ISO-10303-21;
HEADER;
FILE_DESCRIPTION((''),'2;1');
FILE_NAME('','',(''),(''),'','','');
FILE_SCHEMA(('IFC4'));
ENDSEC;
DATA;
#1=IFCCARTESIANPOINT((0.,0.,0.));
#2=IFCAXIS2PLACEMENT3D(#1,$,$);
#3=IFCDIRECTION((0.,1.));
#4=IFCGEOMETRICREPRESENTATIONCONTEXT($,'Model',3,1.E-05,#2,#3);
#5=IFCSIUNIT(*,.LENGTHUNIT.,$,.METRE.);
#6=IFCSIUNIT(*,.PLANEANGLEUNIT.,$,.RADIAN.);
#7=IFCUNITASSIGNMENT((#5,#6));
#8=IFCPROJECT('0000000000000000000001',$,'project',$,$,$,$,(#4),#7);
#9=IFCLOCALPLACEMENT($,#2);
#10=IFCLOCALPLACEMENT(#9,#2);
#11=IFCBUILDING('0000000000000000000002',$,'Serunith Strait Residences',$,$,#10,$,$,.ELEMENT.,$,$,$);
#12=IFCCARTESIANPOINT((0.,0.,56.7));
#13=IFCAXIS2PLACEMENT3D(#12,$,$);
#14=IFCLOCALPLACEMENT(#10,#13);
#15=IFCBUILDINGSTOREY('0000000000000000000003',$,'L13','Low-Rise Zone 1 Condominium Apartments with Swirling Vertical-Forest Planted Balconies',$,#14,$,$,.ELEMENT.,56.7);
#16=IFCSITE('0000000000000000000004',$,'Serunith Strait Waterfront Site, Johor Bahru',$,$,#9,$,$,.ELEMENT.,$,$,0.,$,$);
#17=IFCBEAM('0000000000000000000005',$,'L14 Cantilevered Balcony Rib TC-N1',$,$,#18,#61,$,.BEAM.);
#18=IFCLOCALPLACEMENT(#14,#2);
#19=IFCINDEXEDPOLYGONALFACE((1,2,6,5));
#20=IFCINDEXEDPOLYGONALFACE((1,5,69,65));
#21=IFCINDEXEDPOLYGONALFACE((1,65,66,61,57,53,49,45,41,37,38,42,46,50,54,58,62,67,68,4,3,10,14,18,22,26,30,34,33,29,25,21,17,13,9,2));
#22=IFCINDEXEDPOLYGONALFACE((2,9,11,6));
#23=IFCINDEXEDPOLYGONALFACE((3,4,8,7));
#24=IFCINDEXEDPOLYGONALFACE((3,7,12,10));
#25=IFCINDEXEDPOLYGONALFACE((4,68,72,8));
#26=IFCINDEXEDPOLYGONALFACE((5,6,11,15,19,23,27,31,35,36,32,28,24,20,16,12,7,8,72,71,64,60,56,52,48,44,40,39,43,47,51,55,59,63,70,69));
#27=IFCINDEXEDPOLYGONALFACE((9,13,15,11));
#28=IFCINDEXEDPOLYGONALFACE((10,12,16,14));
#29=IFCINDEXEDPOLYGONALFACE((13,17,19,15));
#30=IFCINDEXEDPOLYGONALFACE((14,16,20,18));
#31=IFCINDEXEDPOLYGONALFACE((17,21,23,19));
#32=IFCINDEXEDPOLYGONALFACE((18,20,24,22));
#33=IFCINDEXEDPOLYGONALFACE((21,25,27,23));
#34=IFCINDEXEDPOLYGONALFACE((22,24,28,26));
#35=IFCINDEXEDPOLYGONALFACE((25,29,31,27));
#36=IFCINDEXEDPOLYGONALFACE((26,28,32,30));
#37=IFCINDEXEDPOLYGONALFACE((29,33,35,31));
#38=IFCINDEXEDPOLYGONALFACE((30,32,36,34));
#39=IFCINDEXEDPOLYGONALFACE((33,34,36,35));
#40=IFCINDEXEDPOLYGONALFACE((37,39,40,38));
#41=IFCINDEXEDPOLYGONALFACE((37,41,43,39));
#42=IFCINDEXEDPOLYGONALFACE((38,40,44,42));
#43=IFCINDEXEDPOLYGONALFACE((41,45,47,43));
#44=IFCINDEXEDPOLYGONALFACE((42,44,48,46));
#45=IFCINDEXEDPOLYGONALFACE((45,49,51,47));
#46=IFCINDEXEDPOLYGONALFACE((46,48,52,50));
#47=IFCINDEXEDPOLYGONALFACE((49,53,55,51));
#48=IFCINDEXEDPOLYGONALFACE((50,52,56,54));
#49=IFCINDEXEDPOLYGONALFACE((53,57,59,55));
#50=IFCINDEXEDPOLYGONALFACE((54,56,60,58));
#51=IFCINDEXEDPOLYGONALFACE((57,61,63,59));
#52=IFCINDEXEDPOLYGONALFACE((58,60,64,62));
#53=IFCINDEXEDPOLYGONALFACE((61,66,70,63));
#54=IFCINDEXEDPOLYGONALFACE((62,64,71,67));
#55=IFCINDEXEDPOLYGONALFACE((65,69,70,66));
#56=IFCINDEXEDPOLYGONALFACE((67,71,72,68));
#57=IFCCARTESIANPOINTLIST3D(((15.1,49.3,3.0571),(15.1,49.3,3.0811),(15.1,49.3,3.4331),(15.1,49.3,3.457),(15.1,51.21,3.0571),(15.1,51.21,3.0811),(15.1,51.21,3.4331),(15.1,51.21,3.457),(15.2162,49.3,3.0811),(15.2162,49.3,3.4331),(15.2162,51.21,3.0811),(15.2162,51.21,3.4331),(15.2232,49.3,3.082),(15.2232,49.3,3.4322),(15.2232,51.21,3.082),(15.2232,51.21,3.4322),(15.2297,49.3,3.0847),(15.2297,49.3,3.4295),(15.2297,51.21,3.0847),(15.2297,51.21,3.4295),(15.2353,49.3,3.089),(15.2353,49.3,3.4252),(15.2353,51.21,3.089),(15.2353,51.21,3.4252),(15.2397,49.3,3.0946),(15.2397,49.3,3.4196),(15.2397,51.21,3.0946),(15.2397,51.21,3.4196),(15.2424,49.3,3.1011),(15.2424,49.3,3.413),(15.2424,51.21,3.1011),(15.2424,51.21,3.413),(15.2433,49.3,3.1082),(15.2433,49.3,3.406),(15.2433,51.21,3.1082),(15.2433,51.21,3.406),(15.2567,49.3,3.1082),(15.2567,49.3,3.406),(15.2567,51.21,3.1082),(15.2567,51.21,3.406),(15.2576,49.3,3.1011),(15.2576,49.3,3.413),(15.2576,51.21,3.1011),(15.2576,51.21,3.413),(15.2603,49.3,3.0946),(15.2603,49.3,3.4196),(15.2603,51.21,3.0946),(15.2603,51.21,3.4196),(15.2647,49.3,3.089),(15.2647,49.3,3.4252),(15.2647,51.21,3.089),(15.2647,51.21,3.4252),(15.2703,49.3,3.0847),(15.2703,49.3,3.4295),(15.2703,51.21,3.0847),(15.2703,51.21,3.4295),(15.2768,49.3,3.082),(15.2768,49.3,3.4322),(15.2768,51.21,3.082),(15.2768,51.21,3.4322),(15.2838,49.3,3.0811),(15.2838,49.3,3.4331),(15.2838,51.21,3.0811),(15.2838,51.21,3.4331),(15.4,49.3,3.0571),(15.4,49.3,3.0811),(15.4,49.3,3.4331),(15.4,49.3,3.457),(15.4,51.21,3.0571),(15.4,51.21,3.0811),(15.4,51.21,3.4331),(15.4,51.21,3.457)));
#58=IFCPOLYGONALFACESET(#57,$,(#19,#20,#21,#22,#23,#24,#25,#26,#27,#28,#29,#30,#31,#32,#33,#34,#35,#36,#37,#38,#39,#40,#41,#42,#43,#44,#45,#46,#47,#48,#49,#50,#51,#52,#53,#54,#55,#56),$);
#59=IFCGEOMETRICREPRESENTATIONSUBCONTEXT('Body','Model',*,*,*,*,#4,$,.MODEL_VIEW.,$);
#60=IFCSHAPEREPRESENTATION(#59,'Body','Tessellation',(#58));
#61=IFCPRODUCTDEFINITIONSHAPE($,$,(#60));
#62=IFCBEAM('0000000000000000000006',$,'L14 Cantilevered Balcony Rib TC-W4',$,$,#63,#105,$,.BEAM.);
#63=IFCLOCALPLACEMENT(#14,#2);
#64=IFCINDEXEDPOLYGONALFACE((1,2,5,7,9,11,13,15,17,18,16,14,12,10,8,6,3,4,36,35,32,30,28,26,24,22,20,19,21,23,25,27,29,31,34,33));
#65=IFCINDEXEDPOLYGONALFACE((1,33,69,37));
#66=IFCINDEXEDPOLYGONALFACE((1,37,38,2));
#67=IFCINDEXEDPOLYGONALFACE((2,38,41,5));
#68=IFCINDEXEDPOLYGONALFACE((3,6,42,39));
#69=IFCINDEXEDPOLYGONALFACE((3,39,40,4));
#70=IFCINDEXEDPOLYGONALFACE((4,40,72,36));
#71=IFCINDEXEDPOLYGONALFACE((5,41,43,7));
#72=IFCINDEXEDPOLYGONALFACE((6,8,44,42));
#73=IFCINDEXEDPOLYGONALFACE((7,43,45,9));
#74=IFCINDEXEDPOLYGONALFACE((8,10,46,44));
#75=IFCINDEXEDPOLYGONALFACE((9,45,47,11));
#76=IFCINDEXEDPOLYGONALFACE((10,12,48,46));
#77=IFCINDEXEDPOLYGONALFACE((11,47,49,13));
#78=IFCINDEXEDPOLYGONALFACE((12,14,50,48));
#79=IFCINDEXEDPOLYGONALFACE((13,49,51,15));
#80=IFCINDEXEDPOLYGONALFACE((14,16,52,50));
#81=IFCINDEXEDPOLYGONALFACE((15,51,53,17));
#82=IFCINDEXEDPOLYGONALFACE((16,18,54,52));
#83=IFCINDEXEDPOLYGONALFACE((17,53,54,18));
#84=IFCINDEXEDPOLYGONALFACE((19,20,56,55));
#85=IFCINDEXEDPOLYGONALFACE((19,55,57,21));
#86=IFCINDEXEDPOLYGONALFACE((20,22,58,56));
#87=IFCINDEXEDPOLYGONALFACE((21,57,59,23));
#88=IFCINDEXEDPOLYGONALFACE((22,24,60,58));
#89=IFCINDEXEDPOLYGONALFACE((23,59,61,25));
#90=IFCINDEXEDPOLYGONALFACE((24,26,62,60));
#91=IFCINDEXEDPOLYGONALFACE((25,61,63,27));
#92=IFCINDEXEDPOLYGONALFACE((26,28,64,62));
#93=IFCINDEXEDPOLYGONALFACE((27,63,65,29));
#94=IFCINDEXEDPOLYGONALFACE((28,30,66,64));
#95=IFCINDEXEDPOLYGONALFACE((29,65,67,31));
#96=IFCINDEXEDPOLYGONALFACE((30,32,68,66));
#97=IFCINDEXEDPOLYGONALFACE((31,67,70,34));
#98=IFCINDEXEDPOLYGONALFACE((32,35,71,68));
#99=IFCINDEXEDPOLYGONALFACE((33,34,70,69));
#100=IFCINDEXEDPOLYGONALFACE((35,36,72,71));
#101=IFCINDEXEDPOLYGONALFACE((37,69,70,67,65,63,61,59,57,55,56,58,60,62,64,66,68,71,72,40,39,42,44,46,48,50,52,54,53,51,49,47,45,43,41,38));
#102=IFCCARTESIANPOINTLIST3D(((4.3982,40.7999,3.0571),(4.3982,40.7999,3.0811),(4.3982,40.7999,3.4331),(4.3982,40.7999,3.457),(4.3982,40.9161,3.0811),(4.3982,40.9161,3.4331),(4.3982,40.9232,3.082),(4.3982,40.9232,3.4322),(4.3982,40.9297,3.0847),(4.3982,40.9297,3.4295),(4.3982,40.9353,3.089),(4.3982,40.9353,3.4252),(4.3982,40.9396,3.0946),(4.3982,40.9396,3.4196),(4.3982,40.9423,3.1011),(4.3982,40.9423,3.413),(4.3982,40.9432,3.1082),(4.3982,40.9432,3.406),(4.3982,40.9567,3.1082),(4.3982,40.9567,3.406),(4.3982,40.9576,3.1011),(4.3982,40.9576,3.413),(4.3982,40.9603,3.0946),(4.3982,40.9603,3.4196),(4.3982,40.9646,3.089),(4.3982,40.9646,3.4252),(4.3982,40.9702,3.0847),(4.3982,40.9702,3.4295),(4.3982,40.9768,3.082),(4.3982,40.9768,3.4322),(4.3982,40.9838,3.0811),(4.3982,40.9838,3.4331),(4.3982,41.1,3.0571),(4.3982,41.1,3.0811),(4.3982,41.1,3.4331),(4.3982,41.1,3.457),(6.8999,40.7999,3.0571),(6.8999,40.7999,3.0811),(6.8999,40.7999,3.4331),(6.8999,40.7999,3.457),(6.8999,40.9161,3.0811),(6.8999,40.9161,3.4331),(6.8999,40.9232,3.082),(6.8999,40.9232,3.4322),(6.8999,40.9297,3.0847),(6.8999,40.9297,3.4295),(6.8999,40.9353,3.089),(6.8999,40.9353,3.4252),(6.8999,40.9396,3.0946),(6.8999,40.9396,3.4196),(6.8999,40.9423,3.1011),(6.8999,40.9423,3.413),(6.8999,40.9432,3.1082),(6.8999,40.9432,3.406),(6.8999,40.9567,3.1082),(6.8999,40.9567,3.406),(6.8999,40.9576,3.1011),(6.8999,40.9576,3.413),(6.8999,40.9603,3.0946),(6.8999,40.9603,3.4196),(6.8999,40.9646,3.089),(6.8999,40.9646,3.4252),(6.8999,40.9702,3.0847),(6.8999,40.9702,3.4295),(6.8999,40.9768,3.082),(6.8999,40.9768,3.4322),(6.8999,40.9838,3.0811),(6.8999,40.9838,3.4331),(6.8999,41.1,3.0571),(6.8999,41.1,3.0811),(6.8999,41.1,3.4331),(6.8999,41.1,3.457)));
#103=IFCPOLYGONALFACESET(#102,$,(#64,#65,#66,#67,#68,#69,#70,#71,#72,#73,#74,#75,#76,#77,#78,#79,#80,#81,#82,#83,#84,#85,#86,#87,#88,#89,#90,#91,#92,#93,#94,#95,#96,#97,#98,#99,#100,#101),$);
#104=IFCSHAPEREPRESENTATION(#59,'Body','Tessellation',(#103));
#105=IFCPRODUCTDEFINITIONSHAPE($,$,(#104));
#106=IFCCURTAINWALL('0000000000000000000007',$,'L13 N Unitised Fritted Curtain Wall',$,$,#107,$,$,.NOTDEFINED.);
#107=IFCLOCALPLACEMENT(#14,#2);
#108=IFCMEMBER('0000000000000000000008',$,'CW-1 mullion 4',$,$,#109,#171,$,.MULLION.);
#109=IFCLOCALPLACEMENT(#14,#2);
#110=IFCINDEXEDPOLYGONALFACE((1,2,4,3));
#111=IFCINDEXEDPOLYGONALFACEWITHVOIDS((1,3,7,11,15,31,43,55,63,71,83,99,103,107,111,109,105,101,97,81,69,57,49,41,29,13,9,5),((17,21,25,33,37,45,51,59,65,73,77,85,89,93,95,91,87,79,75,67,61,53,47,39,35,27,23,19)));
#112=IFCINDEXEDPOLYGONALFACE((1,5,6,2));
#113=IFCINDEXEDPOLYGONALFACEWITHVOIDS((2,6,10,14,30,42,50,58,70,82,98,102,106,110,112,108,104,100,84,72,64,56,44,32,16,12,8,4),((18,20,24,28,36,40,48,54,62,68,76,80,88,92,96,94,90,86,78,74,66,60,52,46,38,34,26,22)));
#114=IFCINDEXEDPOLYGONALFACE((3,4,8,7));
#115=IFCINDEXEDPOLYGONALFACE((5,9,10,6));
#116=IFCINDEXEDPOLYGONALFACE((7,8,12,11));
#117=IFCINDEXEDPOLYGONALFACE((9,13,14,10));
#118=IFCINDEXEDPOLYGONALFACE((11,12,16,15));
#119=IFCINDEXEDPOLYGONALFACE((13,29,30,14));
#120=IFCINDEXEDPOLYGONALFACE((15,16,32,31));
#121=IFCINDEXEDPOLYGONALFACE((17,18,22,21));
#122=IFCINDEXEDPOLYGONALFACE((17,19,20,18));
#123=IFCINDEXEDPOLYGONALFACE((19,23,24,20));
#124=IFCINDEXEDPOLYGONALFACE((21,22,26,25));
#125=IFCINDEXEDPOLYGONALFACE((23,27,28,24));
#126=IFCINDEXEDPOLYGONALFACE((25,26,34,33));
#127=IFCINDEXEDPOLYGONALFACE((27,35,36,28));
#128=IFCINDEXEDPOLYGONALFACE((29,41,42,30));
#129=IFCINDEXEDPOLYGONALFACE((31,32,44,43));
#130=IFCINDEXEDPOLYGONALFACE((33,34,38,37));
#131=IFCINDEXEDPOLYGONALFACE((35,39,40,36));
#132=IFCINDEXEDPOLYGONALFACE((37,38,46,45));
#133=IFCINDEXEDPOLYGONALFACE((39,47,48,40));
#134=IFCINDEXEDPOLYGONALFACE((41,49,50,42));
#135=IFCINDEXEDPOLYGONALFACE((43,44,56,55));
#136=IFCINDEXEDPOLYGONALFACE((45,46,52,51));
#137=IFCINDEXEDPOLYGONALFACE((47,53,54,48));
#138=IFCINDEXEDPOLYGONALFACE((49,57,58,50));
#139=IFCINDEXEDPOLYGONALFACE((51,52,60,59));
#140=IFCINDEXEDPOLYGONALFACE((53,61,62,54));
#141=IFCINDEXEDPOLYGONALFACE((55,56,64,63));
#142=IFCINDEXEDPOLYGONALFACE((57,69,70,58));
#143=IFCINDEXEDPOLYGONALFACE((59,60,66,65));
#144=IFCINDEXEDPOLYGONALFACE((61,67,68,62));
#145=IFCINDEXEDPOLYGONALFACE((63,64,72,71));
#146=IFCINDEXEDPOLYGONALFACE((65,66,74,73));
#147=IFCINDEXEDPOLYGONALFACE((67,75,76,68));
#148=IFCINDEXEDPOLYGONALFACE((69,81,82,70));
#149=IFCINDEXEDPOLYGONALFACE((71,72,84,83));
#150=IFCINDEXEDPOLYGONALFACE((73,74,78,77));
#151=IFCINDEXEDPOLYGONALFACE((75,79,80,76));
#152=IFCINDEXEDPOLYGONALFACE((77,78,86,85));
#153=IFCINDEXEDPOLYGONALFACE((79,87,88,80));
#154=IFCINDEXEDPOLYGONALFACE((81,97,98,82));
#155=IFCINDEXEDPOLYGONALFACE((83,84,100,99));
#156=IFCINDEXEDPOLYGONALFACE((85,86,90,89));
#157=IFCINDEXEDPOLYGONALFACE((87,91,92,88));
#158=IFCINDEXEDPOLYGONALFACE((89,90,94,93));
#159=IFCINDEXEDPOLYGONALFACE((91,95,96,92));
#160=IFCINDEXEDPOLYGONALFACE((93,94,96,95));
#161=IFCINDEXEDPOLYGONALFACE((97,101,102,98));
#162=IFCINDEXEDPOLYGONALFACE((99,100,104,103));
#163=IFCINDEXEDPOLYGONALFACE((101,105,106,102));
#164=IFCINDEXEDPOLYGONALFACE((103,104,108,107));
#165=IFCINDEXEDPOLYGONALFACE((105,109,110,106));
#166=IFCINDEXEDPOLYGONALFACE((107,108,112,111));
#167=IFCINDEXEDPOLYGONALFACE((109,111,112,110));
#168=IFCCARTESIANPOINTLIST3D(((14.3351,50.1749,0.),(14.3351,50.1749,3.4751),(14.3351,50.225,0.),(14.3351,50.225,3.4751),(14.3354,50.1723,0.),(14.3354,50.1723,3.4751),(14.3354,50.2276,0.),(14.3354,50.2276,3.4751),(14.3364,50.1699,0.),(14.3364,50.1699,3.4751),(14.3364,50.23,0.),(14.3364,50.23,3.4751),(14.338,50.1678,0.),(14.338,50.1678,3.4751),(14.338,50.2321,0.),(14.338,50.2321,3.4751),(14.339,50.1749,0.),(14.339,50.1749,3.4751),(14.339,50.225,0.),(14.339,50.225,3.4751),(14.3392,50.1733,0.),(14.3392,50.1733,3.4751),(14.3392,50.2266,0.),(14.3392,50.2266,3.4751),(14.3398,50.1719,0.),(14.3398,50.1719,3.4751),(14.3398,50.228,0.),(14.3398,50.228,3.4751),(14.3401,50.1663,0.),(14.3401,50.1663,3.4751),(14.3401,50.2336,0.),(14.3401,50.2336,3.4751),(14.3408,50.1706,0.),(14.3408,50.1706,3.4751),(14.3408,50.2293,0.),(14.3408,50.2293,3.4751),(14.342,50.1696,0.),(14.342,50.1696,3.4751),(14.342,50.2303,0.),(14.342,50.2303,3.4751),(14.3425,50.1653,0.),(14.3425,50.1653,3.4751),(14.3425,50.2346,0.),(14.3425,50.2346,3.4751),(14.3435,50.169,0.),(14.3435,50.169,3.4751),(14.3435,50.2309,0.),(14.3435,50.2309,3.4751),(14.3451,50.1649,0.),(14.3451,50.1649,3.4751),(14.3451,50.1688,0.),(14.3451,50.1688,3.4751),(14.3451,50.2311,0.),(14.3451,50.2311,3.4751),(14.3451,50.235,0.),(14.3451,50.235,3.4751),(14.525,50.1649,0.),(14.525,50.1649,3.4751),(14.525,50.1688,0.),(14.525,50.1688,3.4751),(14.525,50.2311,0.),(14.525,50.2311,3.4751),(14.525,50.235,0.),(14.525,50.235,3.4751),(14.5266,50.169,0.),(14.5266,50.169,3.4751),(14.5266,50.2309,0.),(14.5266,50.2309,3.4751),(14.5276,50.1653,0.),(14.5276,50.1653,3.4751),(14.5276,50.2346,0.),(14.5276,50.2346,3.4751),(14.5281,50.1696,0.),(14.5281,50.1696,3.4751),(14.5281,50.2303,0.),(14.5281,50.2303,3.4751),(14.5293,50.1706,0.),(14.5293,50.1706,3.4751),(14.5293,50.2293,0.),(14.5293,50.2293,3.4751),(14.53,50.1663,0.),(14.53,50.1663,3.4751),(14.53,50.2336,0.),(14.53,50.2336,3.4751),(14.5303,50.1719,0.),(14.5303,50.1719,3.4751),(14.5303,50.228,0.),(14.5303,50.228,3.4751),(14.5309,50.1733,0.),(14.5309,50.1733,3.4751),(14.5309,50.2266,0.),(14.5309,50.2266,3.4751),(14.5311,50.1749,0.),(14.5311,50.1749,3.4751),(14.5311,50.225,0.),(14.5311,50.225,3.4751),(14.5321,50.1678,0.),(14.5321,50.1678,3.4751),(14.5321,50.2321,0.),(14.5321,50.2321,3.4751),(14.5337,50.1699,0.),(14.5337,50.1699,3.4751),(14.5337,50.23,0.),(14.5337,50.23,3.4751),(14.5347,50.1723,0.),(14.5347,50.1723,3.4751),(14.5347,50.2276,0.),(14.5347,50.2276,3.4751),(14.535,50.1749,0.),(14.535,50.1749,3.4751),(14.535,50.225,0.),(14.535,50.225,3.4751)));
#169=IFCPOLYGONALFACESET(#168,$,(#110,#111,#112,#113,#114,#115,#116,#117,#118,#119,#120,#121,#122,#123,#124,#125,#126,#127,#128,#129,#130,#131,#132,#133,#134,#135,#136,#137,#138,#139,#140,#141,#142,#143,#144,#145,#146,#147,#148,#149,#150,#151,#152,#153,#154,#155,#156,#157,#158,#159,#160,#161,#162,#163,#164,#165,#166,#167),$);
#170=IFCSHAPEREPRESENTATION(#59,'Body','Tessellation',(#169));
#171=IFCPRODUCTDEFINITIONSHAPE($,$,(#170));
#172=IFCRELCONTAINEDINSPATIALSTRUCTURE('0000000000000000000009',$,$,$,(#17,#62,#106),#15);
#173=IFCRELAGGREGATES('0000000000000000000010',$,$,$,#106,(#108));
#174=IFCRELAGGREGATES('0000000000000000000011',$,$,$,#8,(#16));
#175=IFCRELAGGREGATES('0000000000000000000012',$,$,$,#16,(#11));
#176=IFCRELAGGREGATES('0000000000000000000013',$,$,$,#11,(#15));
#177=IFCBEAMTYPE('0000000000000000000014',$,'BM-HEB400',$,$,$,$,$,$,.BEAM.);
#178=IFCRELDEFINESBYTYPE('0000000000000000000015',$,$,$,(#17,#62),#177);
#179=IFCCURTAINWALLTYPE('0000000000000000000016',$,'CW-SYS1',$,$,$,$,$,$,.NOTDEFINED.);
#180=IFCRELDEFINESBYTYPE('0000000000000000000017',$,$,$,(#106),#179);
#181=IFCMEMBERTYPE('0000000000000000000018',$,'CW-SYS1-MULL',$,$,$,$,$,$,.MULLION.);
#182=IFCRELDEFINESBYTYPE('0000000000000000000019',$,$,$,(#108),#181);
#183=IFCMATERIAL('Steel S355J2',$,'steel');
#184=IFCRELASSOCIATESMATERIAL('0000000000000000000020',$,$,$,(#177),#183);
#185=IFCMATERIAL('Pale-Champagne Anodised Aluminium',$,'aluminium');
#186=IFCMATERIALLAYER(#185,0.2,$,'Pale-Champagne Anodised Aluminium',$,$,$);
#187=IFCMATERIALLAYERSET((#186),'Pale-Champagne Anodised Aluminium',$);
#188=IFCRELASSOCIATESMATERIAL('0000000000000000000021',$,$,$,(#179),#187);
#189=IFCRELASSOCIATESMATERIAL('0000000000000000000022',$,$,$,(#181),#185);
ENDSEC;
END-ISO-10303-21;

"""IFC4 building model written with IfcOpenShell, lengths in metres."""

from ifc_helpers import new_model, si_unit, direction, frame, origin, origin_2d, place, context, subcontext, project, spatial, hollow_rectangle, i_section, extrude, source, transform, mapped, material, layer, layer_set, material_profile, profile_set, type_object, element, aggregate, save


model = new_model("IFC4")

# Units and contexts
model_context = context("Model", 3, precision=1e-05, world=origin(), true_north=direction((0.0, 1.0)))
body_context = subcontext(model_context, "Body", "Model", "MODEL_VIEW")
ifc_project = project(units=[si_unit("LENGTHUNIT", "METRE"), si_unit("PLANEANGLEUNIT", "RADIAN")], contexts=[model_context])

# Site, building, storey
site_placement = place(None, origin())
site = spatial("IfcSite", under=ifc_project, at=site_placement, Name="Serunith Strait Waterfront Site, Johor Bahru", CompositionType="ELEMENT", RefElevation=0.0)
building_placement = place(site_placement, origin())
building = spatial("IfcBuilding", under=site, at=building_placement, Name="Serunith Strait Residences", CompositionType="ELEMENT")
storey_placement = place(building_placement, frame((0.0, 0.0, 56.7)))
storey = spatial("IfcBuildingStorey", under=building, at=storey_placement, Name="L13", Description="Low-Rise Zone 1 Condominium Apartments with Swirling Vertical-Forest Planted Balconies", CompositionType="ELEMENT", Elevation=56.7)

# Beams
ifc_material_1 = material(Name="Steel S355J2", Category="steel")
ifc_material_profile_1 = material_profile(ifc_material_1, i_section(OverallWidth=0.3, OverallDepth=0.3999, WebThickness=0.0134, FlangeThickness=0.0239, FilletRadius=0.0271, at=origin_2d()), Name="HEB 400")
ifc_profile_set_1 = profile_set([ifc_material_profile_1], Name="Steel S355J2")
beam_type_1 = type_object("IfcBeamType", Name="BM-HEB400", PredefinedType="BEAM", material=ifc_profile_set_1)
shared_shape_1 = source(origin(), body_context, "Body", "SweptSolid", [
    extrude(i_section(OverallWidth=0.3, OverallDepth=0.3999, WebThickness=0.0134, FlangeThickness=0.0239, FilletRadius=0.0271, at=origin_2d()), origin(), (0.0, 0.0, 1.0), 1.9099),
])
beam_1_placement = place(storey_placement, frame((15.25, 49.3, 3.2571), z_axis=(0.0, 1.0, 0.0), x_axis=(-1.0, 0.0, 0.0)))
element("IfcBeam", 1, at=beam_1_placement, inside=storey, type_object=beam_type_1, Name="L14 Cantilevered Balcony Rib TC-N1", PredefinedType="BEAM", context=body_context, shape_type="MappedRepresentation", body=[
    mapped(shared_shape_1, transform((0.0, 0.0, 0.0), scale=1.0)),
])
shared_shape_2 = source(origin(), body_context, "Body", "SweptSolid", [
    extrude(i_section(OverallWidth=0.3, OverallDepth=0.3999, WebThickness=0.0134, FlangeThickness=0.0239, FilletRadius=0.0271, at=origin_2d()), origin(), (0.0, 0.0, 1.0), 2.5017),
])
beam_2_placement = place(storey_placement, frame((6.8999, 40.95, 3.2571), z_axis=(-1.0, 0.0, 0.0), x_axis=(0.0, -1.0, 0.0)))
element("IfcBeam", 2, at=beam_2_placement, inside=storey, type_object=beam_type_1, Name="L14 Cantilevered Balcony Rib TC-W4", PredefinedType="BEAM", context=body_context, shape_type="MappedRepresentation", body=[
    mapped(shared_shape_2, transform((0.0, 0.0, 0.0), scale=1.0)),
])

# Curtain wall, member
ifc_material_2 = material(Name="Pale-Champagne Anodised Aluminium", Category="aluminium")
ifc_layer_1 = layer(ifc_material_2, 0.2, Name="Pale-Champagne Anodised Aluminium")
ifc_layer_set_1 = layer_set([ifc_layer_1], Name="Pale-Champagne Anodised Aluminium")
curtain_wall_type = type_object("IfcCurtainWallType", Name="CW-SYS1", PredefinedType="NOTDEFINED", material=ifc_layer_set_1)
curtain_wall_1_placement = place(storey_placement, origin())
curtain_wall_1 = element("IfcCurtainWall", 3, at=curtain_wall_1_placement, inside=storey, type_object=curtain_wall_type, Name="L13 N Unitised Fritted Curtain Wall", PredefinedType="NOTDEFINED")
ifc_material_profile_2 = material_profile(ifc_material_2, hollow_rectangle(XDim=0.0701, YDim=0.2, WallThickness=0.0039, InnerFilletRadius=0.0061, OuterFilletRadius=0.01, at=origin_2d()), Name="ALU 200x70x4")
ifc_profile_set_2 = profile_set([ifc_material_profile_2], Name="Pale-Champagne Anodised Aluminium")
member_type_1 = type_object("IfcMemberType", Name="CW-SYS1-MULL", PredefinedType="MULLION", material=ifc_profile_set_2)
shared_shape_3 = source(origin(), body_context, "Body", "SweptSolid", [
    extrude(hollow_rectangle(XDim=0.0701, YDim=0.2, WallThickness=0.0039, InnerFilletRadius=0.0061, OuterFilletRadius=0.01, at=origin_2d()), origin(), (0.0, 0.0, 1.0), 3.4751),
])
member_1_placement = place(storey_placement, frame((14.4351, 50.2, 0.0), z_axis=(0.0, 0.0, 1.0), x_axis=(0.0, -1.0, 0.0)))
member_1 = element("IfcMember", 4, at=member_1_placement, type_object=member_type_1, Name="CW-1 mullion 4", PredefinedType="MULLION", context=body_context, shape_type="MappedRepresentation", body=[
    mapped(shared_shape_3, transform((0.0, 0.0, 0.0), scale=1.0)),
])

aggregate(curtain_wall_1, [member_1])

save(model, "model.ifc")
